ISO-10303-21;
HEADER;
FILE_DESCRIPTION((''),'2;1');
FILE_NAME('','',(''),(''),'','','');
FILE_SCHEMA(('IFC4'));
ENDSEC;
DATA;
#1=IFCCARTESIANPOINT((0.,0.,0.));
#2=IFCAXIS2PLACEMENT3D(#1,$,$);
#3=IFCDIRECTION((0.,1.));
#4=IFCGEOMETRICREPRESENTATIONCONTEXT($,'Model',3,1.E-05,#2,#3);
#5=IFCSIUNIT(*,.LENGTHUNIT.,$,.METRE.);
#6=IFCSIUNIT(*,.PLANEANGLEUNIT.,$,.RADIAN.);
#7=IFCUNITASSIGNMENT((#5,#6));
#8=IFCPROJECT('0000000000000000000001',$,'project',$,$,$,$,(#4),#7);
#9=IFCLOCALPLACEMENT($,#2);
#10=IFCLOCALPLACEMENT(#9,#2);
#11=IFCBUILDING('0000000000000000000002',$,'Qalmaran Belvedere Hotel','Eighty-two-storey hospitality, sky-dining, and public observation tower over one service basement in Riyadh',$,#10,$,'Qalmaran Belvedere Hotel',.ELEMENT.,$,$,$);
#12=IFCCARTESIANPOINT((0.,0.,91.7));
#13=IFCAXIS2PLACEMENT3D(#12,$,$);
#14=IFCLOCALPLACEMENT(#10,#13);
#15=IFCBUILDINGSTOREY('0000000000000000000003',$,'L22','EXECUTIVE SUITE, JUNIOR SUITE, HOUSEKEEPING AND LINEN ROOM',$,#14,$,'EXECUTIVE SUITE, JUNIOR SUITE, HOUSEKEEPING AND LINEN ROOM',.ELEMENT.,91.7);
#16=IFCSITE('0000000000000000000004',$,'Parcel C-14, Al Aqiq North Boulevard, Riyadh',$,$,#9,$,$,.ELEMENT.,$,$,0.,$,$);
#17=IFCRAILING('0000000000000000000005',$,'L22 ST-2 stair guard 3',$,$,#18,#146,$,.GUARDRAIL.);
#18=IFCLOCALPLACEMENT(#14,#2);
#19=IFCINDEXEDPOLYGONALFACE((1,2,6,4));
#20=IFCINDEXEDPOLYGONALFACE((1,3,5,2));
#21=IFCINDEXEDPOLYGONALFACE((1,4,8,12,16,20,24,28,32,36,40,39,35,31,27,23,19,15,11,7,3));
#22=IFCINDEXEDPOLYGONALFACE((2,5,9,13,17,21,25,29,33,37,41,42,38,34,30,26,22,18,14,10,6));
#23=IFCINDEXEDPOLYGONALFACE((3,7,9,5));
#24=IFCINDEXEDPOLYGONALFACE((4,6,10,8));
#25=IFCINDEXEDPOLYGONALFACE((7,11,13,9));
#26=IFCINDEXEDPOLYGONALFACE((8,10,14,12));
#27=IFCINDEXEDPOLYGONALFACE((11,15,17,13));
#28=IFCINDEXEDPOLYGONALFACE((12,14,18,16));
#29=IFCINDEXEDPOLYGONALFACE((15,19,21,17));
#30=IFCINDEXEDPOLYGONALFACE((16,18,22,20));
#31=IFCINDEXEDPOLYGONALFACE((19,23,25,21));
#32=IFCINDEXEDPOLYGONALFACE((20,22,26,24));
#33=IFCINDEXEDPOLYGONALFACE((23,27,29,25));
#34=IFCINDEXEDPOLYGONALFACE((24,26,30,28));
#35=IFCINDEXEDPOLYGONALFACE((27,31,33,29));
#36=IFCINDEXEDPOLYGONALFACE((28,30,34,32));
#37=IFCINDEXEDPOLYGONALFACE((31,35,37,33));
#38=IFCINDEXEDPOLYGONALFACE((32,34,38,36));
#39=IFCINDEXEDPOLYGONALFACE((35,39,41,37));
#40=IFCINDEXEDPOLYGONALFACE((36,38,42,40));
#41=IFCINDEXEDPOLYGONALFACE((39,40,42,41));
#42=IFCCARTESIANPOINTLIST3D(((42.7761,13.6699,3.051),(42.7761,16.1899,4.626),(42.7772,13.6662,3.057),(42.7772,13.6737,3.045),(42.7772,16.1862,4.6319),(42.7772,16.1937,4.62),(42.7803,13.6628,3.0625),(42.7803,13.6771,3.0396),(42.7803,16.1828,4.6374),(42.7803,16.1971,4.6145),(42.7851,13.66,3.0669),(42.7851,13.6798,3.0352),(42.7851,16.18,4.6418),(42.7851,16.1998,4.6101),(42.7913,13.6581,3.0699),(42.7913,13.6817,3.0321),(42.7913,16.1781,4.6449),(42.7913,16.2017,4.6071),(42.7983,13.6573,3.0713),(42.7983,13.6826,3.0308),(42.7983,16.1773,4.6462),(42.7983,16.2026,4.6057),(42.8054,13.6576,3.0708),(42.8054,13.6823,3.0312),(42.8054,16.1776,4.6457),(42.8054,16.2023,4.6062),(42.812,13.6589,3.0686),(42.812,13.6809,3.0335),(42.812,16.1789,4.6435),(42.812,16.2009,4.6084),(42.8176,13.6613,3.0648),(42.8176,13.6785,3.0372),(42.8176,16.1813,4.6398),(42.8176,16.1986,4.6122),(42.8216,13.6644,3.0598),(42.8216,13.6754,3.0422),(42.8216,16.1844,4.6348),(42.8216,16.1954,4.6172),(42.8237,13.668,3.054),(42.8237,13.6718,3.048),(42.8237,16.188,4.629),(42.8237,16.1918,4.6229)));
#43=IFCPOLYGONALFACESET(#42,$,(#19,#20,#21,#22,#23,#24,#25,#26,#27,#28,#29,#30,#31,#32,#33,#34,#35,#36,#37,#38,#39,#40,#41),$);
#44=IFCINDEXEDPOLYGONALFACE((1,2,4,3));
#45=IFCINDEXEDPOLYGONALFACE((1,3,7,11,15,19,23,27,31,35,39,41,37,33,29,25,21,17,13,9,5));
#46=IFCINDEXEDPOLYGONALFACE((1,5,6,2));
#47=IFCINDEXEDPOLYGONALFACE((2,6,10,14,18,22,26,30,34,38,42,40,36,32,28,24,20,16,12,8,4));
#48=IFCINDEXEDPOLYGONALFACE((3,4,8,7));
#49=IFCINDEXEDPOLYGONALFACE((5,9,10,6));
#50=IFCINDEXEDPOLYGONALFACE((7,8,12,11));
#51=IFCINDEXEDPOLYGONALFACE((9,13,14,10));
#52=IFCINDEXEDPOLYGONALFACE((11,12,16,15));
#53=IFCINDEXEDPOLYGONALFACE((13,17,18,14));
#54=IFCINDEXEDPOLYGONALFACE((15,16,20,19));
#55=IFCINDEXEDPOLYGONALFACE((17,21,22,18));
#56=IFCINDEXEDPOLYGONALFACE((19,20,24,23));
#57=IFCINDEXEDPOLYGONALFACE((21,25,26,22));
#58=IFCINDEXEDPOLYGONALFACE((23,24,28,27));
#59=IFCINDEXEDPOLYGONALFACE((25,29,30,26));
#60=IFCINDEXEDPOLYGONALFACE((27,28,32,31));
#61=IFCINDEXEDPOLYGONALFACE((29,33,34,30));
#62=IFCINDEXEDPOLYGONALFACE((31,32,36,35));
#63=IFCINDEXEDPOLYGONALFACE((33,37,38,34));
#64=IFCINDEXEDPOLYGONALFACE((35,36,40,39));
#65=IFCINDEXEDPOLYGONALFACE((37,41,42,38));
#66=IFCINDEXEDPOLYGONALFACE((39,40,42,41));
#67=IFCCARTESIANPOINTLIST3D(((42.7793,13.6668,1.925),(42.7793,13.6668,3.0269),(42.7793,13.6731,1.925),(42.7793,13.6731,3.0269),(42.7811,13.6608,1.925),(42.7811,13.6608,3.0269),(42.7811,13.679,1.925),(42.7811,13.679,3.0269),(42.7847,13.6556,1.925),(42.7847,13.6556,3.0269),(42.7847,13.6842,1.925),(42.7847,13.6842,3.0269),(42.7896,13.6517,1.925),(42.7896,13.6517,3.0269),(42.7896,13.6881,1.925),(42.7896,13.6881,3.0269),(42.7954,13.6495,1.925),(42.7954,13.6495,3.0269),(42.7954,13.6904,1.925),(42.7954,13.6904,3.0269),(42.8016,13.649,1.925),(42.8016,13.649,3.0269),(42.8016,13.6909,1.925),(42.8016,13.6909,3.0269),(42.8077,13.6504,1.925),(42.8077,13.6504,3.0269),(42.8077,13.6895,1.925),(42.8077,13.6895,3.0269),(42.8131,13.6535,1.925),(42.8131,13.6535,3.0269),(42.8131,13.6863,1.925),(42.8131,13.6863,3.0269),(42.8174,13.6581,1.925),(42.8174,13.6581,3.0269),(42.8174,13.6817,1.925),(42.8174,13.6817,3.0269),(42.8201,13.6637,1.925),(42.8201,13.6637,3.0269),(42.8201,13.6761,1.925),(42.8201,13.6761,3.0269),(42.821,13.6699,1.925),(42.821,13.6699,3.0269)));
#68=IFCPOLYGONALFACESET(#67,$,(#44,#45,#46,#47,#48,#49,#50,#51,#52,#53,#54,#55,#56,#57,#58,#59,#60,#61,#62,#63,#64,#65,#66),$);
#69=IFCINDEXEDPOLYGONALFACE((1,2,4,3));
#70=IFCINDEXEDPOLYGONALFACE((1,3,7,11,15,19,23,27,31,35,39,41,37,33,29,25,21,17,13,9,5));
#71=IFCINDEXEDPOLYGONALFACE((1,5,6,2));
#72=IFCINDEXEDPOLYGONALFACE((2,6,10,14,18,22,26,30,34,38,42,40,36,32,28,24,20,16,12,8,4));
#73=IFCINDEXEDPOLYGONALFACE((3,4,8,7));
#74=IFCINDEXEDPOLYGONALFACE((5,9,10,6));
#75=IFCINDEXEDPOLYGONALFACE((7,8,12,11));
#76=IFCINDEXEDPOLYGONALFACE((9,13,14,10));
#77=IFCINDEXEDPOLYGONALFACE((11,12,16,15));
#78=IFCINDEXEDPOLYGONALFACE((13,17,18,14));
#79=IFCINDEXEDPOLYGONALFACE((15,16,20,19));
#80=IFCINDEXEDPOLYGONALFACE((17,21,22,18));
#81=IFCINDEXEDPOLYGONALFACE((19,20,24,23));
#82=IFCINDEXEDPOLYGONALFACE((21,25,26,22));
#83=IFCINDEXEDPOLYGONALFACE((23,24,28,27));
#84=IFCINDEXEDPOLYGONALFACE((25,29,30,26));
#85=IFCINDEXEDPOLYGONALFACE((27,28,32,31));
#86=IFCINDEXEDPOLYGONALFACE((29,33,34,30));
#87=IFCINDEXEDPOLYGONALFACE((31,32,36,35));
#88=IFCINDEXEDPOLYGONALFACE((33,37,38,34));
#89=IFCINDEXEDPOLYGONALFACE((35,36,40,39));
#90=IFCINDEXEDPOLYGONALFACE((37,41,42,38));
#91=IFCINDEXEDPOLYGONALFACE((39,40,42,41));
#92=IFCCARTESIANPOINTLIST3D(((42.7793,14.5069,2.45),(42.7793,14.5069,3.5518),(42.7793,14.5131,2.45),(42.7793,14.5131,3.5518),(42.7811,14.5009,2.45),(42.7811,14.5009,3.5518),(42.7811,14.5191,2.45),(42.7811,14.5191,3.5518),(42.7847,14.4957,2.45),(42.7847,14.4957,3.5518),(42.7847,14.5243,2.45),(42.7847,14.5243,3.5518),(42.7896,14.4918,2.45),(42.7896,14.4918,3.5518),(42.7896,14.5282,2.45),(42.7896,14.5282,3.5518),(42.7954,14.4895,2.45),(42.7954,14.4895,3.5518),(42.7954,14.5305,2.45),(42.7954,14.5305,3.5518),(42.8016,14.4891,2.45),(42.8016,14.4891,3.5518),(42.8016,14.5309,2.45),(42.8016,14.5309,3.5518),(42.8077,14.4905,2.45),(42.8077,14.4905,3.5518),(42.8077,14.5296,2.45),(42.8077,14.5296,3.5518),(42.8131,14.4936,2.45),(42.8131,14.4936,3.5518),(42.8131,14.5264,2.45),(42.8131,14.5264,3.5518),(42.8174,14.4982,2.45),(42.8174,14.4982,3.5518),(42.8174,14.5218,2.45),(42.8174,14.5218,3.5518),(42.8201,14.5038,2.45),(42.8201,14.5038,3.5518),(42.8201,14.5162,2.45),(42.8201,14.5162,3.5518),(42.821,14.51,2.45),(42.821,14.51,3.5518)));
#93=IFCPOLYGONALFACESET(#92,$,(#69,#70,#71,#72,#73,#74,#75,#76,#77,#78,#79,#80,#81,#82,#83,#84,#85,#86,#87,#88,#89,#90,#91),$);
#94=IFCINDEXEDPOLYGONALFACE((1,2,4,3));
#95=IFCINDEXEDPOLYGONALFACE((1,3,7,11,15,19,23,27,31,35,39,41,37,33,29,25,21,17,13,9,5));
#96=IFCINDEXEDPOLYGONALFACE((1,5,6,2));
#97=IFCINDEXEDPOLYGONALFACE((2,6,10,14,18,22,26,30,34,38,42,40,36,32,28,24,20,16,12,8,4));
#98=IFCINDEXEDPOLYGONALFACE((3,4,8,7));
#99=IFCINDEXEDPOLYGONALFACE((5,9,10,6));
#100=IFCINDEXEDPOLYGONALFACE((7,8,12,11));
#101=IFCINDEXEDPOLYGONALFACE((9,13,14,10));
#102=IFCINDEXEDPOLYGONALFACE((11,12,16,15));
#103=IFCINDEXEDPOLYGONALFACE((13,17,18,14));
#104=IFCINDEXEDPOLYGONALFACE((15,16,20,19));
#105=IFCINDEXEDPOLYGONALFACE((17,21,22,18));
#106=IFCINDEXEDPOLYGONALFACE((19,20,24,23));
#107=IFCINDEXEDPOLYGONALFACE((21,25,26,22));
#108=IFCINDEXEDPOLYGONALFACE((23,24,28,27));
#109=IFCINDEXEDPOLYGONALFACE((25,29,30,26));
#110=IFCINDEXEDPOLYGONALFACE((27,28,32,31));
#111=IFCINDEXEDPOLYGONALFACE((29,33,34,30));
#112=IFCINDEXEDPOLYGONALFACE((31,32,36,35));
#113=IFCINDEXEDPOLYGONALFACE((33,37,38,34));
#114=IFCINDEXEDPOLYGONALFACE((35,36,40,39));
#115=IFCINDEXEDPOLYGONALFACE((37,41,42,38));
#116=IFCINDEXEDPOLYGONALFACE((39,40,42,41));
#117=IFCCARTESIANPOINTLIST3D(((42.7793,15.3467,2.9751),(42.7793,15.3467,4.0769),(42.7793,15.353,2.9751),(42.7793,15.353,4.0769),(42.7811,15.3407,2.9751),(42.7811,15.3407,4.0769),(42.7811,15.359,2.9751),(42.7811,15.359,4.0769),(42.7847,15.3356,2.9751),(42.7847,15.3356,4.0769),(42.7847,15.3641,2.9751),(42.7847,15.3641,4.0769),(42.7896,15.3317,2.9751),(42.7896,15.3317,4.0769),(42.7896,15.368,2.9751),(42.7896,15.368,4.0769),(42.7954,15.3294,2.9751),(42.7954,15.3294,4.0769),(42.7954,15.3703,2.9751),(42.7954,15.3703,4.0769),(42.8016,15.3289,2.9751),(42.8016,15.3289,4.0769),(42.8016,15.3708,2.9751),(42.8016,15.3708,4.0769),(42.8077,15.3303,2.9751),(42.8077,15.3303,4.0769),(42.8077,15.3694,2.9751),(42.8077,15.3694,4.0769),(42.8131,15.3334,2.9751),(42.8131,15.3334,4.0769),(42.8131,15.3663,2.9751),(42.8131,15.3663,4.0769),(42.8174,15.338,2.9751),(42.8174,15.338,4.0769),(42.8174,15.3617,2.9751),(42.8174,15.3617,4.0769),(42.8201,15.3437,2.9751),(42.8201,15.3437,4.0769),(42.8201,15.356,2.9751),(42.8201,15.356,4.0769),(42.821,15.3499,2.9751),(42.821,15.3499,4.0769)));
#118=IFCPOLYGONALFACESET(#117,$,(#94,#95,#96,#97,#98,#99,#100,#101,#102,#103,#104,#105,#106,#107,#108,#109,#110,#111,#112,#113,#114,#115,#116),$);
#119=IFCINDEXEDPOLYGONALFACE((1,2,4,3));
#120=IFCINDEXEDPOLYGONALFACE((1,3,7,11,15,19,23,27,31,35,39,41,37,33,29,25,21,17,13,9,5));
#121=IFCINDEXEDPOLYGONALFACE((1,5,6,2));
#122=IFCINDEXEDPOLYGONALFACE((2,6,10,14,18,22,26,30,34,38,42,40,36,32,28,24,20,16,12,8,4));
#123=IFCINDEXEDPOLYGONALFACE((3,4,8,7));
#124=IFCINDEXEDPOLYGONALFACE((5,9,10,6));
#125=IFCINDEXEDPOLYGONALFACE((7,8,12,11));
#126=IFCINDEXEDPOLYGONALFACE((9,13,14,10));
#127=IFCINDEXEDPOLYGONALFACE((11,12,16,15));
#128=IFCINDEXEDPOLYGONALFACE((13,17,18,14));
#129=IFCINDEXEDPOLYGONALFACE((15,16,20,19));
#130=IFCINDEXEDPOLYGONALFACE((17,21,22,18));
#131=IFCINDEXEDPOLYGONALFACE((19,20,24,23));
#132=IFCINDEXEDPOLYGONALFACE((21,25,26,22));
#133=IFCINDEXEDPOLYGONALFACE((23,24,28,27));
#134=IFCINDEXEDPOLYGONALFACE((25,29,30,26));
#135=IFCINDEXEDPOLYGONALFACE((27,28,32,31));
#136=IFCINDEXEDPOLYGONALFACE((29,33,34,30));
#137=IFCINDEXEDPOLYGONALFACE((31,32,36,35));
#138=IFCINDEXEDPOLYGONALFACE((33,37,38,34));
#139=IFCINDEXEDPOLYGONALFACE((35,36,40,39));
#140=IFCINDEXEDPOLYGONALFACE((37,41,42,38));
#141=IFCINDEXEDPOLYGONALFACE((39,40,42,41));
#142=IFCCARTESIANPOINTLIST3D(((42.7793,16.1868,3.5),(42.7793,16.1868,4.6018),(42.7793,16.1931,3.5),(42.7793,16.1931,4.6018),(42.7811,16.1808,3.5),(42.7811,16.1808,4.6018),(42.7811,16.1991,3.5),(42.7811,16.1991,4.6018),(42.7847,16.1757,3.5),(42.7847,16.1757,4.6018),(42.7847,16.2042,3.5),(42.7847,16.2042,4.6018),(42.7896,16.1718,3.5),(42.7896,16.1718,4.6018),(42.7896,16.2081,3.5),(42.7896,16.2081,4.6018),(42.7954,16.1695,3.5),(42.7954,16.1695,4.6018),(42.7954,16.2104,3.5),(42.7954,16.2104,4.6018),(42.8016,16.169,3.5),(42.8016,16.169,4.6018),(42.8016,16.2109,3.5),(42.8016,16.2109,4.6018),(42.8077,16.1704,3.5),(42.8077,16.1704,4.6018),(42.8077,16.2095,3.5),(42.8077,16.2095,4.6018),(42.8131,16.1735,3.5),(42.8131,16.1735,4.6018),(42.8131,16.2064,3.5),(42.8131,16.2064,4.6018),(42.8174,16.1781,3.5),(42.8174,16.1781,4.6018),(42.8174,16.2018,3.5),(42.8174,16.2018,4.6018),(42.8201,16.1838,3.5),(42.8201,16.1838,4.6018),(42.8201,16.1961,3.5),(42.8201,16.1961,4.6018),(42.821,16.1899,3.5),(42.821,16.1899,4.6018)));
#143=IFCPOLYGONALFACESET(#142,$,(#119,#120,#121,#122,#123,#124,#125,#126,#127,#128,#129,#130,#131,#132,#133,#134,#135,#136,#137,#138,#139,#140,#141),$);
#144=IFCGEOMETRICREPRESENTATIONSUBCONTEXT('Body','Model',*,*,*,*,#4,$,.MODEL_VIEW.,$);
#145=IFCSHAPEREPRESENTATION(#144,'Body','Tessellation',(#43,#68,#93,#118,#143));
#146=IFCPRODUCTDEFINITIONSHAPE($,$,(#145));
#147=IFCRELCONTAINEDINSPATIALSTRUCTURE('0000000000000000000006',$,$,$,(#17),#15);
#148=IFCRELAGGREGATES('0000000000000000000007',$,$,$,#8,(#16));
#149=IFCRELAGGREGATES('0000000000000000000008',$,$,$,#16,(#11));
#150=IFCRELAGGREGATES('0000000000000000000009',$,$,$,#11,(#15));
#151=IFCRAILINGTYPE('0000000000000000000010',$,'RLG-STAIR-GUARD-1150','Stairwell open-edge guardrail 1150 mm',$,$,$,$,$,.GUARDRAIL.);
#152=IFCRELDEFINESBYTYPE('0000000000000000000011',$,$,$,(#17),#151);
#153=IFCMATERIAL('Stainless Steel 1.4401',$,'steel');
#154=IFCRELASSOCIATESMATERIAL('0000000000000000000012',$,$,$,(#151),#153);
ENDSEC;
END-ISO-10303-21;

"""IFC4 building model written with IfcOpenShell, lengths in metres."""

from ifc_helpers import new_model, si_unit, direction, frame, origin, origin_2d, place, context, subcontext, project, spatial, circle, extrude, material, type_object, element, save


model = new_model("IFC4")

# Units and contexts
model_context = context("Model", 3, precision=1e-05, world=origin(), true_north=direction((0.0, 1.0)))
body_context = subcontext(model_context, "Body", "Model", "MODEL_VIEW")
ifc_project = project(units=[si_unit("LENGTHUNIT", "METRE"), si_unit("PLANEANGLEUNIT", "RADIAN")], contexts=[model_context])

# Site, building, storey
site_placement = place(None, origin())
site = spatial("IfcSite", under=ifc_project, at=site_placement, Name="Parcel C-14, Al Aqiq North Boulevard, Riyadh", CompositionType="ELEMENT", RefElevation=0.0)
building_placement = place(site_placement, origin())
building = spatial("IfcBuilding", under=site, at=building_placement, Name="Qalmaran Belvedere Hotel", Description="Eighty-two-storey hospitality, sky-dining, and public observation tower over one service basement in Riyadh", LongName="Qalmaran Belvedere Hotel", CompositionType="ELEMENT")
storey_placement = place(building_placement, frame((0.0, 0.0, 91.7)))
storey = spatial("IfcBuildingStorey", under=building, at=storey_placement, Name="L22", Description="EXECUTIVE SUITE, JUNIOR SUITE, HOUSEKEEPING AND LINEN ROOM", LongName="EXECUTIVE SUITE, JUNIOR SUITE, HOUSEKEEPING AND LINEN ROOM", CompositionType="ELEMENT", Elevation=91.7)

# Railing
ifc_material_1 = material(Name="Stainless Steel 1.4401", Category="steel")
railing_type = type_object("IfcRailingType", Name="RLG-STAIR-GUARD-1150", Description="Stairwell open-edge guardrail 1150 mm", PredefinedType="GUARDRAIL", material=ifc_material_1)
railing_placement = place(storey_placement, frame((42.8, 13.6699, 1.925)))
element("IfcRailing", 1, at=railing_placement, inside=storey, type_object=railing_type, Name="L22 ST-2 stair guard 3", PredefinedType="GUARDRAIL", context=body_context, shape_type="SweptSolid", body=[
    extrude(circle(Radius=0.0239, at=origin_2d()), frame((0.0, 0.0, 1.126), z_axis=(0.0, 0.848008, 0.529984), x_axis=(-1.0, 0.0, 0.0)), (0.0, 0.0, 1.0), 2.9717),
    extrude(circle(Radius=0.021, at=origin_2d()), origin(), (0.0, 0.0, 1.0), 1.1018),
    extrude(circle(Radius=0.021, at=origin_2d()), frame((0.0, 0.8401, 0.5249)), (0.0, 0.0, 1.0), 1.1018),
    extrude(circle(Radius=0.021, at=origin_2d()), frame((0.0, 1.6799, 1.05)), (0.0, 0.0, 1.0), 1.1018),
    extrude(circle(Radius=0.021, at=origin_2d()), frame((0.0, 2.52, 1.575)), (0.0, 0.0, 1.0), 1.1018),
])

save(model, "model.ifc")
